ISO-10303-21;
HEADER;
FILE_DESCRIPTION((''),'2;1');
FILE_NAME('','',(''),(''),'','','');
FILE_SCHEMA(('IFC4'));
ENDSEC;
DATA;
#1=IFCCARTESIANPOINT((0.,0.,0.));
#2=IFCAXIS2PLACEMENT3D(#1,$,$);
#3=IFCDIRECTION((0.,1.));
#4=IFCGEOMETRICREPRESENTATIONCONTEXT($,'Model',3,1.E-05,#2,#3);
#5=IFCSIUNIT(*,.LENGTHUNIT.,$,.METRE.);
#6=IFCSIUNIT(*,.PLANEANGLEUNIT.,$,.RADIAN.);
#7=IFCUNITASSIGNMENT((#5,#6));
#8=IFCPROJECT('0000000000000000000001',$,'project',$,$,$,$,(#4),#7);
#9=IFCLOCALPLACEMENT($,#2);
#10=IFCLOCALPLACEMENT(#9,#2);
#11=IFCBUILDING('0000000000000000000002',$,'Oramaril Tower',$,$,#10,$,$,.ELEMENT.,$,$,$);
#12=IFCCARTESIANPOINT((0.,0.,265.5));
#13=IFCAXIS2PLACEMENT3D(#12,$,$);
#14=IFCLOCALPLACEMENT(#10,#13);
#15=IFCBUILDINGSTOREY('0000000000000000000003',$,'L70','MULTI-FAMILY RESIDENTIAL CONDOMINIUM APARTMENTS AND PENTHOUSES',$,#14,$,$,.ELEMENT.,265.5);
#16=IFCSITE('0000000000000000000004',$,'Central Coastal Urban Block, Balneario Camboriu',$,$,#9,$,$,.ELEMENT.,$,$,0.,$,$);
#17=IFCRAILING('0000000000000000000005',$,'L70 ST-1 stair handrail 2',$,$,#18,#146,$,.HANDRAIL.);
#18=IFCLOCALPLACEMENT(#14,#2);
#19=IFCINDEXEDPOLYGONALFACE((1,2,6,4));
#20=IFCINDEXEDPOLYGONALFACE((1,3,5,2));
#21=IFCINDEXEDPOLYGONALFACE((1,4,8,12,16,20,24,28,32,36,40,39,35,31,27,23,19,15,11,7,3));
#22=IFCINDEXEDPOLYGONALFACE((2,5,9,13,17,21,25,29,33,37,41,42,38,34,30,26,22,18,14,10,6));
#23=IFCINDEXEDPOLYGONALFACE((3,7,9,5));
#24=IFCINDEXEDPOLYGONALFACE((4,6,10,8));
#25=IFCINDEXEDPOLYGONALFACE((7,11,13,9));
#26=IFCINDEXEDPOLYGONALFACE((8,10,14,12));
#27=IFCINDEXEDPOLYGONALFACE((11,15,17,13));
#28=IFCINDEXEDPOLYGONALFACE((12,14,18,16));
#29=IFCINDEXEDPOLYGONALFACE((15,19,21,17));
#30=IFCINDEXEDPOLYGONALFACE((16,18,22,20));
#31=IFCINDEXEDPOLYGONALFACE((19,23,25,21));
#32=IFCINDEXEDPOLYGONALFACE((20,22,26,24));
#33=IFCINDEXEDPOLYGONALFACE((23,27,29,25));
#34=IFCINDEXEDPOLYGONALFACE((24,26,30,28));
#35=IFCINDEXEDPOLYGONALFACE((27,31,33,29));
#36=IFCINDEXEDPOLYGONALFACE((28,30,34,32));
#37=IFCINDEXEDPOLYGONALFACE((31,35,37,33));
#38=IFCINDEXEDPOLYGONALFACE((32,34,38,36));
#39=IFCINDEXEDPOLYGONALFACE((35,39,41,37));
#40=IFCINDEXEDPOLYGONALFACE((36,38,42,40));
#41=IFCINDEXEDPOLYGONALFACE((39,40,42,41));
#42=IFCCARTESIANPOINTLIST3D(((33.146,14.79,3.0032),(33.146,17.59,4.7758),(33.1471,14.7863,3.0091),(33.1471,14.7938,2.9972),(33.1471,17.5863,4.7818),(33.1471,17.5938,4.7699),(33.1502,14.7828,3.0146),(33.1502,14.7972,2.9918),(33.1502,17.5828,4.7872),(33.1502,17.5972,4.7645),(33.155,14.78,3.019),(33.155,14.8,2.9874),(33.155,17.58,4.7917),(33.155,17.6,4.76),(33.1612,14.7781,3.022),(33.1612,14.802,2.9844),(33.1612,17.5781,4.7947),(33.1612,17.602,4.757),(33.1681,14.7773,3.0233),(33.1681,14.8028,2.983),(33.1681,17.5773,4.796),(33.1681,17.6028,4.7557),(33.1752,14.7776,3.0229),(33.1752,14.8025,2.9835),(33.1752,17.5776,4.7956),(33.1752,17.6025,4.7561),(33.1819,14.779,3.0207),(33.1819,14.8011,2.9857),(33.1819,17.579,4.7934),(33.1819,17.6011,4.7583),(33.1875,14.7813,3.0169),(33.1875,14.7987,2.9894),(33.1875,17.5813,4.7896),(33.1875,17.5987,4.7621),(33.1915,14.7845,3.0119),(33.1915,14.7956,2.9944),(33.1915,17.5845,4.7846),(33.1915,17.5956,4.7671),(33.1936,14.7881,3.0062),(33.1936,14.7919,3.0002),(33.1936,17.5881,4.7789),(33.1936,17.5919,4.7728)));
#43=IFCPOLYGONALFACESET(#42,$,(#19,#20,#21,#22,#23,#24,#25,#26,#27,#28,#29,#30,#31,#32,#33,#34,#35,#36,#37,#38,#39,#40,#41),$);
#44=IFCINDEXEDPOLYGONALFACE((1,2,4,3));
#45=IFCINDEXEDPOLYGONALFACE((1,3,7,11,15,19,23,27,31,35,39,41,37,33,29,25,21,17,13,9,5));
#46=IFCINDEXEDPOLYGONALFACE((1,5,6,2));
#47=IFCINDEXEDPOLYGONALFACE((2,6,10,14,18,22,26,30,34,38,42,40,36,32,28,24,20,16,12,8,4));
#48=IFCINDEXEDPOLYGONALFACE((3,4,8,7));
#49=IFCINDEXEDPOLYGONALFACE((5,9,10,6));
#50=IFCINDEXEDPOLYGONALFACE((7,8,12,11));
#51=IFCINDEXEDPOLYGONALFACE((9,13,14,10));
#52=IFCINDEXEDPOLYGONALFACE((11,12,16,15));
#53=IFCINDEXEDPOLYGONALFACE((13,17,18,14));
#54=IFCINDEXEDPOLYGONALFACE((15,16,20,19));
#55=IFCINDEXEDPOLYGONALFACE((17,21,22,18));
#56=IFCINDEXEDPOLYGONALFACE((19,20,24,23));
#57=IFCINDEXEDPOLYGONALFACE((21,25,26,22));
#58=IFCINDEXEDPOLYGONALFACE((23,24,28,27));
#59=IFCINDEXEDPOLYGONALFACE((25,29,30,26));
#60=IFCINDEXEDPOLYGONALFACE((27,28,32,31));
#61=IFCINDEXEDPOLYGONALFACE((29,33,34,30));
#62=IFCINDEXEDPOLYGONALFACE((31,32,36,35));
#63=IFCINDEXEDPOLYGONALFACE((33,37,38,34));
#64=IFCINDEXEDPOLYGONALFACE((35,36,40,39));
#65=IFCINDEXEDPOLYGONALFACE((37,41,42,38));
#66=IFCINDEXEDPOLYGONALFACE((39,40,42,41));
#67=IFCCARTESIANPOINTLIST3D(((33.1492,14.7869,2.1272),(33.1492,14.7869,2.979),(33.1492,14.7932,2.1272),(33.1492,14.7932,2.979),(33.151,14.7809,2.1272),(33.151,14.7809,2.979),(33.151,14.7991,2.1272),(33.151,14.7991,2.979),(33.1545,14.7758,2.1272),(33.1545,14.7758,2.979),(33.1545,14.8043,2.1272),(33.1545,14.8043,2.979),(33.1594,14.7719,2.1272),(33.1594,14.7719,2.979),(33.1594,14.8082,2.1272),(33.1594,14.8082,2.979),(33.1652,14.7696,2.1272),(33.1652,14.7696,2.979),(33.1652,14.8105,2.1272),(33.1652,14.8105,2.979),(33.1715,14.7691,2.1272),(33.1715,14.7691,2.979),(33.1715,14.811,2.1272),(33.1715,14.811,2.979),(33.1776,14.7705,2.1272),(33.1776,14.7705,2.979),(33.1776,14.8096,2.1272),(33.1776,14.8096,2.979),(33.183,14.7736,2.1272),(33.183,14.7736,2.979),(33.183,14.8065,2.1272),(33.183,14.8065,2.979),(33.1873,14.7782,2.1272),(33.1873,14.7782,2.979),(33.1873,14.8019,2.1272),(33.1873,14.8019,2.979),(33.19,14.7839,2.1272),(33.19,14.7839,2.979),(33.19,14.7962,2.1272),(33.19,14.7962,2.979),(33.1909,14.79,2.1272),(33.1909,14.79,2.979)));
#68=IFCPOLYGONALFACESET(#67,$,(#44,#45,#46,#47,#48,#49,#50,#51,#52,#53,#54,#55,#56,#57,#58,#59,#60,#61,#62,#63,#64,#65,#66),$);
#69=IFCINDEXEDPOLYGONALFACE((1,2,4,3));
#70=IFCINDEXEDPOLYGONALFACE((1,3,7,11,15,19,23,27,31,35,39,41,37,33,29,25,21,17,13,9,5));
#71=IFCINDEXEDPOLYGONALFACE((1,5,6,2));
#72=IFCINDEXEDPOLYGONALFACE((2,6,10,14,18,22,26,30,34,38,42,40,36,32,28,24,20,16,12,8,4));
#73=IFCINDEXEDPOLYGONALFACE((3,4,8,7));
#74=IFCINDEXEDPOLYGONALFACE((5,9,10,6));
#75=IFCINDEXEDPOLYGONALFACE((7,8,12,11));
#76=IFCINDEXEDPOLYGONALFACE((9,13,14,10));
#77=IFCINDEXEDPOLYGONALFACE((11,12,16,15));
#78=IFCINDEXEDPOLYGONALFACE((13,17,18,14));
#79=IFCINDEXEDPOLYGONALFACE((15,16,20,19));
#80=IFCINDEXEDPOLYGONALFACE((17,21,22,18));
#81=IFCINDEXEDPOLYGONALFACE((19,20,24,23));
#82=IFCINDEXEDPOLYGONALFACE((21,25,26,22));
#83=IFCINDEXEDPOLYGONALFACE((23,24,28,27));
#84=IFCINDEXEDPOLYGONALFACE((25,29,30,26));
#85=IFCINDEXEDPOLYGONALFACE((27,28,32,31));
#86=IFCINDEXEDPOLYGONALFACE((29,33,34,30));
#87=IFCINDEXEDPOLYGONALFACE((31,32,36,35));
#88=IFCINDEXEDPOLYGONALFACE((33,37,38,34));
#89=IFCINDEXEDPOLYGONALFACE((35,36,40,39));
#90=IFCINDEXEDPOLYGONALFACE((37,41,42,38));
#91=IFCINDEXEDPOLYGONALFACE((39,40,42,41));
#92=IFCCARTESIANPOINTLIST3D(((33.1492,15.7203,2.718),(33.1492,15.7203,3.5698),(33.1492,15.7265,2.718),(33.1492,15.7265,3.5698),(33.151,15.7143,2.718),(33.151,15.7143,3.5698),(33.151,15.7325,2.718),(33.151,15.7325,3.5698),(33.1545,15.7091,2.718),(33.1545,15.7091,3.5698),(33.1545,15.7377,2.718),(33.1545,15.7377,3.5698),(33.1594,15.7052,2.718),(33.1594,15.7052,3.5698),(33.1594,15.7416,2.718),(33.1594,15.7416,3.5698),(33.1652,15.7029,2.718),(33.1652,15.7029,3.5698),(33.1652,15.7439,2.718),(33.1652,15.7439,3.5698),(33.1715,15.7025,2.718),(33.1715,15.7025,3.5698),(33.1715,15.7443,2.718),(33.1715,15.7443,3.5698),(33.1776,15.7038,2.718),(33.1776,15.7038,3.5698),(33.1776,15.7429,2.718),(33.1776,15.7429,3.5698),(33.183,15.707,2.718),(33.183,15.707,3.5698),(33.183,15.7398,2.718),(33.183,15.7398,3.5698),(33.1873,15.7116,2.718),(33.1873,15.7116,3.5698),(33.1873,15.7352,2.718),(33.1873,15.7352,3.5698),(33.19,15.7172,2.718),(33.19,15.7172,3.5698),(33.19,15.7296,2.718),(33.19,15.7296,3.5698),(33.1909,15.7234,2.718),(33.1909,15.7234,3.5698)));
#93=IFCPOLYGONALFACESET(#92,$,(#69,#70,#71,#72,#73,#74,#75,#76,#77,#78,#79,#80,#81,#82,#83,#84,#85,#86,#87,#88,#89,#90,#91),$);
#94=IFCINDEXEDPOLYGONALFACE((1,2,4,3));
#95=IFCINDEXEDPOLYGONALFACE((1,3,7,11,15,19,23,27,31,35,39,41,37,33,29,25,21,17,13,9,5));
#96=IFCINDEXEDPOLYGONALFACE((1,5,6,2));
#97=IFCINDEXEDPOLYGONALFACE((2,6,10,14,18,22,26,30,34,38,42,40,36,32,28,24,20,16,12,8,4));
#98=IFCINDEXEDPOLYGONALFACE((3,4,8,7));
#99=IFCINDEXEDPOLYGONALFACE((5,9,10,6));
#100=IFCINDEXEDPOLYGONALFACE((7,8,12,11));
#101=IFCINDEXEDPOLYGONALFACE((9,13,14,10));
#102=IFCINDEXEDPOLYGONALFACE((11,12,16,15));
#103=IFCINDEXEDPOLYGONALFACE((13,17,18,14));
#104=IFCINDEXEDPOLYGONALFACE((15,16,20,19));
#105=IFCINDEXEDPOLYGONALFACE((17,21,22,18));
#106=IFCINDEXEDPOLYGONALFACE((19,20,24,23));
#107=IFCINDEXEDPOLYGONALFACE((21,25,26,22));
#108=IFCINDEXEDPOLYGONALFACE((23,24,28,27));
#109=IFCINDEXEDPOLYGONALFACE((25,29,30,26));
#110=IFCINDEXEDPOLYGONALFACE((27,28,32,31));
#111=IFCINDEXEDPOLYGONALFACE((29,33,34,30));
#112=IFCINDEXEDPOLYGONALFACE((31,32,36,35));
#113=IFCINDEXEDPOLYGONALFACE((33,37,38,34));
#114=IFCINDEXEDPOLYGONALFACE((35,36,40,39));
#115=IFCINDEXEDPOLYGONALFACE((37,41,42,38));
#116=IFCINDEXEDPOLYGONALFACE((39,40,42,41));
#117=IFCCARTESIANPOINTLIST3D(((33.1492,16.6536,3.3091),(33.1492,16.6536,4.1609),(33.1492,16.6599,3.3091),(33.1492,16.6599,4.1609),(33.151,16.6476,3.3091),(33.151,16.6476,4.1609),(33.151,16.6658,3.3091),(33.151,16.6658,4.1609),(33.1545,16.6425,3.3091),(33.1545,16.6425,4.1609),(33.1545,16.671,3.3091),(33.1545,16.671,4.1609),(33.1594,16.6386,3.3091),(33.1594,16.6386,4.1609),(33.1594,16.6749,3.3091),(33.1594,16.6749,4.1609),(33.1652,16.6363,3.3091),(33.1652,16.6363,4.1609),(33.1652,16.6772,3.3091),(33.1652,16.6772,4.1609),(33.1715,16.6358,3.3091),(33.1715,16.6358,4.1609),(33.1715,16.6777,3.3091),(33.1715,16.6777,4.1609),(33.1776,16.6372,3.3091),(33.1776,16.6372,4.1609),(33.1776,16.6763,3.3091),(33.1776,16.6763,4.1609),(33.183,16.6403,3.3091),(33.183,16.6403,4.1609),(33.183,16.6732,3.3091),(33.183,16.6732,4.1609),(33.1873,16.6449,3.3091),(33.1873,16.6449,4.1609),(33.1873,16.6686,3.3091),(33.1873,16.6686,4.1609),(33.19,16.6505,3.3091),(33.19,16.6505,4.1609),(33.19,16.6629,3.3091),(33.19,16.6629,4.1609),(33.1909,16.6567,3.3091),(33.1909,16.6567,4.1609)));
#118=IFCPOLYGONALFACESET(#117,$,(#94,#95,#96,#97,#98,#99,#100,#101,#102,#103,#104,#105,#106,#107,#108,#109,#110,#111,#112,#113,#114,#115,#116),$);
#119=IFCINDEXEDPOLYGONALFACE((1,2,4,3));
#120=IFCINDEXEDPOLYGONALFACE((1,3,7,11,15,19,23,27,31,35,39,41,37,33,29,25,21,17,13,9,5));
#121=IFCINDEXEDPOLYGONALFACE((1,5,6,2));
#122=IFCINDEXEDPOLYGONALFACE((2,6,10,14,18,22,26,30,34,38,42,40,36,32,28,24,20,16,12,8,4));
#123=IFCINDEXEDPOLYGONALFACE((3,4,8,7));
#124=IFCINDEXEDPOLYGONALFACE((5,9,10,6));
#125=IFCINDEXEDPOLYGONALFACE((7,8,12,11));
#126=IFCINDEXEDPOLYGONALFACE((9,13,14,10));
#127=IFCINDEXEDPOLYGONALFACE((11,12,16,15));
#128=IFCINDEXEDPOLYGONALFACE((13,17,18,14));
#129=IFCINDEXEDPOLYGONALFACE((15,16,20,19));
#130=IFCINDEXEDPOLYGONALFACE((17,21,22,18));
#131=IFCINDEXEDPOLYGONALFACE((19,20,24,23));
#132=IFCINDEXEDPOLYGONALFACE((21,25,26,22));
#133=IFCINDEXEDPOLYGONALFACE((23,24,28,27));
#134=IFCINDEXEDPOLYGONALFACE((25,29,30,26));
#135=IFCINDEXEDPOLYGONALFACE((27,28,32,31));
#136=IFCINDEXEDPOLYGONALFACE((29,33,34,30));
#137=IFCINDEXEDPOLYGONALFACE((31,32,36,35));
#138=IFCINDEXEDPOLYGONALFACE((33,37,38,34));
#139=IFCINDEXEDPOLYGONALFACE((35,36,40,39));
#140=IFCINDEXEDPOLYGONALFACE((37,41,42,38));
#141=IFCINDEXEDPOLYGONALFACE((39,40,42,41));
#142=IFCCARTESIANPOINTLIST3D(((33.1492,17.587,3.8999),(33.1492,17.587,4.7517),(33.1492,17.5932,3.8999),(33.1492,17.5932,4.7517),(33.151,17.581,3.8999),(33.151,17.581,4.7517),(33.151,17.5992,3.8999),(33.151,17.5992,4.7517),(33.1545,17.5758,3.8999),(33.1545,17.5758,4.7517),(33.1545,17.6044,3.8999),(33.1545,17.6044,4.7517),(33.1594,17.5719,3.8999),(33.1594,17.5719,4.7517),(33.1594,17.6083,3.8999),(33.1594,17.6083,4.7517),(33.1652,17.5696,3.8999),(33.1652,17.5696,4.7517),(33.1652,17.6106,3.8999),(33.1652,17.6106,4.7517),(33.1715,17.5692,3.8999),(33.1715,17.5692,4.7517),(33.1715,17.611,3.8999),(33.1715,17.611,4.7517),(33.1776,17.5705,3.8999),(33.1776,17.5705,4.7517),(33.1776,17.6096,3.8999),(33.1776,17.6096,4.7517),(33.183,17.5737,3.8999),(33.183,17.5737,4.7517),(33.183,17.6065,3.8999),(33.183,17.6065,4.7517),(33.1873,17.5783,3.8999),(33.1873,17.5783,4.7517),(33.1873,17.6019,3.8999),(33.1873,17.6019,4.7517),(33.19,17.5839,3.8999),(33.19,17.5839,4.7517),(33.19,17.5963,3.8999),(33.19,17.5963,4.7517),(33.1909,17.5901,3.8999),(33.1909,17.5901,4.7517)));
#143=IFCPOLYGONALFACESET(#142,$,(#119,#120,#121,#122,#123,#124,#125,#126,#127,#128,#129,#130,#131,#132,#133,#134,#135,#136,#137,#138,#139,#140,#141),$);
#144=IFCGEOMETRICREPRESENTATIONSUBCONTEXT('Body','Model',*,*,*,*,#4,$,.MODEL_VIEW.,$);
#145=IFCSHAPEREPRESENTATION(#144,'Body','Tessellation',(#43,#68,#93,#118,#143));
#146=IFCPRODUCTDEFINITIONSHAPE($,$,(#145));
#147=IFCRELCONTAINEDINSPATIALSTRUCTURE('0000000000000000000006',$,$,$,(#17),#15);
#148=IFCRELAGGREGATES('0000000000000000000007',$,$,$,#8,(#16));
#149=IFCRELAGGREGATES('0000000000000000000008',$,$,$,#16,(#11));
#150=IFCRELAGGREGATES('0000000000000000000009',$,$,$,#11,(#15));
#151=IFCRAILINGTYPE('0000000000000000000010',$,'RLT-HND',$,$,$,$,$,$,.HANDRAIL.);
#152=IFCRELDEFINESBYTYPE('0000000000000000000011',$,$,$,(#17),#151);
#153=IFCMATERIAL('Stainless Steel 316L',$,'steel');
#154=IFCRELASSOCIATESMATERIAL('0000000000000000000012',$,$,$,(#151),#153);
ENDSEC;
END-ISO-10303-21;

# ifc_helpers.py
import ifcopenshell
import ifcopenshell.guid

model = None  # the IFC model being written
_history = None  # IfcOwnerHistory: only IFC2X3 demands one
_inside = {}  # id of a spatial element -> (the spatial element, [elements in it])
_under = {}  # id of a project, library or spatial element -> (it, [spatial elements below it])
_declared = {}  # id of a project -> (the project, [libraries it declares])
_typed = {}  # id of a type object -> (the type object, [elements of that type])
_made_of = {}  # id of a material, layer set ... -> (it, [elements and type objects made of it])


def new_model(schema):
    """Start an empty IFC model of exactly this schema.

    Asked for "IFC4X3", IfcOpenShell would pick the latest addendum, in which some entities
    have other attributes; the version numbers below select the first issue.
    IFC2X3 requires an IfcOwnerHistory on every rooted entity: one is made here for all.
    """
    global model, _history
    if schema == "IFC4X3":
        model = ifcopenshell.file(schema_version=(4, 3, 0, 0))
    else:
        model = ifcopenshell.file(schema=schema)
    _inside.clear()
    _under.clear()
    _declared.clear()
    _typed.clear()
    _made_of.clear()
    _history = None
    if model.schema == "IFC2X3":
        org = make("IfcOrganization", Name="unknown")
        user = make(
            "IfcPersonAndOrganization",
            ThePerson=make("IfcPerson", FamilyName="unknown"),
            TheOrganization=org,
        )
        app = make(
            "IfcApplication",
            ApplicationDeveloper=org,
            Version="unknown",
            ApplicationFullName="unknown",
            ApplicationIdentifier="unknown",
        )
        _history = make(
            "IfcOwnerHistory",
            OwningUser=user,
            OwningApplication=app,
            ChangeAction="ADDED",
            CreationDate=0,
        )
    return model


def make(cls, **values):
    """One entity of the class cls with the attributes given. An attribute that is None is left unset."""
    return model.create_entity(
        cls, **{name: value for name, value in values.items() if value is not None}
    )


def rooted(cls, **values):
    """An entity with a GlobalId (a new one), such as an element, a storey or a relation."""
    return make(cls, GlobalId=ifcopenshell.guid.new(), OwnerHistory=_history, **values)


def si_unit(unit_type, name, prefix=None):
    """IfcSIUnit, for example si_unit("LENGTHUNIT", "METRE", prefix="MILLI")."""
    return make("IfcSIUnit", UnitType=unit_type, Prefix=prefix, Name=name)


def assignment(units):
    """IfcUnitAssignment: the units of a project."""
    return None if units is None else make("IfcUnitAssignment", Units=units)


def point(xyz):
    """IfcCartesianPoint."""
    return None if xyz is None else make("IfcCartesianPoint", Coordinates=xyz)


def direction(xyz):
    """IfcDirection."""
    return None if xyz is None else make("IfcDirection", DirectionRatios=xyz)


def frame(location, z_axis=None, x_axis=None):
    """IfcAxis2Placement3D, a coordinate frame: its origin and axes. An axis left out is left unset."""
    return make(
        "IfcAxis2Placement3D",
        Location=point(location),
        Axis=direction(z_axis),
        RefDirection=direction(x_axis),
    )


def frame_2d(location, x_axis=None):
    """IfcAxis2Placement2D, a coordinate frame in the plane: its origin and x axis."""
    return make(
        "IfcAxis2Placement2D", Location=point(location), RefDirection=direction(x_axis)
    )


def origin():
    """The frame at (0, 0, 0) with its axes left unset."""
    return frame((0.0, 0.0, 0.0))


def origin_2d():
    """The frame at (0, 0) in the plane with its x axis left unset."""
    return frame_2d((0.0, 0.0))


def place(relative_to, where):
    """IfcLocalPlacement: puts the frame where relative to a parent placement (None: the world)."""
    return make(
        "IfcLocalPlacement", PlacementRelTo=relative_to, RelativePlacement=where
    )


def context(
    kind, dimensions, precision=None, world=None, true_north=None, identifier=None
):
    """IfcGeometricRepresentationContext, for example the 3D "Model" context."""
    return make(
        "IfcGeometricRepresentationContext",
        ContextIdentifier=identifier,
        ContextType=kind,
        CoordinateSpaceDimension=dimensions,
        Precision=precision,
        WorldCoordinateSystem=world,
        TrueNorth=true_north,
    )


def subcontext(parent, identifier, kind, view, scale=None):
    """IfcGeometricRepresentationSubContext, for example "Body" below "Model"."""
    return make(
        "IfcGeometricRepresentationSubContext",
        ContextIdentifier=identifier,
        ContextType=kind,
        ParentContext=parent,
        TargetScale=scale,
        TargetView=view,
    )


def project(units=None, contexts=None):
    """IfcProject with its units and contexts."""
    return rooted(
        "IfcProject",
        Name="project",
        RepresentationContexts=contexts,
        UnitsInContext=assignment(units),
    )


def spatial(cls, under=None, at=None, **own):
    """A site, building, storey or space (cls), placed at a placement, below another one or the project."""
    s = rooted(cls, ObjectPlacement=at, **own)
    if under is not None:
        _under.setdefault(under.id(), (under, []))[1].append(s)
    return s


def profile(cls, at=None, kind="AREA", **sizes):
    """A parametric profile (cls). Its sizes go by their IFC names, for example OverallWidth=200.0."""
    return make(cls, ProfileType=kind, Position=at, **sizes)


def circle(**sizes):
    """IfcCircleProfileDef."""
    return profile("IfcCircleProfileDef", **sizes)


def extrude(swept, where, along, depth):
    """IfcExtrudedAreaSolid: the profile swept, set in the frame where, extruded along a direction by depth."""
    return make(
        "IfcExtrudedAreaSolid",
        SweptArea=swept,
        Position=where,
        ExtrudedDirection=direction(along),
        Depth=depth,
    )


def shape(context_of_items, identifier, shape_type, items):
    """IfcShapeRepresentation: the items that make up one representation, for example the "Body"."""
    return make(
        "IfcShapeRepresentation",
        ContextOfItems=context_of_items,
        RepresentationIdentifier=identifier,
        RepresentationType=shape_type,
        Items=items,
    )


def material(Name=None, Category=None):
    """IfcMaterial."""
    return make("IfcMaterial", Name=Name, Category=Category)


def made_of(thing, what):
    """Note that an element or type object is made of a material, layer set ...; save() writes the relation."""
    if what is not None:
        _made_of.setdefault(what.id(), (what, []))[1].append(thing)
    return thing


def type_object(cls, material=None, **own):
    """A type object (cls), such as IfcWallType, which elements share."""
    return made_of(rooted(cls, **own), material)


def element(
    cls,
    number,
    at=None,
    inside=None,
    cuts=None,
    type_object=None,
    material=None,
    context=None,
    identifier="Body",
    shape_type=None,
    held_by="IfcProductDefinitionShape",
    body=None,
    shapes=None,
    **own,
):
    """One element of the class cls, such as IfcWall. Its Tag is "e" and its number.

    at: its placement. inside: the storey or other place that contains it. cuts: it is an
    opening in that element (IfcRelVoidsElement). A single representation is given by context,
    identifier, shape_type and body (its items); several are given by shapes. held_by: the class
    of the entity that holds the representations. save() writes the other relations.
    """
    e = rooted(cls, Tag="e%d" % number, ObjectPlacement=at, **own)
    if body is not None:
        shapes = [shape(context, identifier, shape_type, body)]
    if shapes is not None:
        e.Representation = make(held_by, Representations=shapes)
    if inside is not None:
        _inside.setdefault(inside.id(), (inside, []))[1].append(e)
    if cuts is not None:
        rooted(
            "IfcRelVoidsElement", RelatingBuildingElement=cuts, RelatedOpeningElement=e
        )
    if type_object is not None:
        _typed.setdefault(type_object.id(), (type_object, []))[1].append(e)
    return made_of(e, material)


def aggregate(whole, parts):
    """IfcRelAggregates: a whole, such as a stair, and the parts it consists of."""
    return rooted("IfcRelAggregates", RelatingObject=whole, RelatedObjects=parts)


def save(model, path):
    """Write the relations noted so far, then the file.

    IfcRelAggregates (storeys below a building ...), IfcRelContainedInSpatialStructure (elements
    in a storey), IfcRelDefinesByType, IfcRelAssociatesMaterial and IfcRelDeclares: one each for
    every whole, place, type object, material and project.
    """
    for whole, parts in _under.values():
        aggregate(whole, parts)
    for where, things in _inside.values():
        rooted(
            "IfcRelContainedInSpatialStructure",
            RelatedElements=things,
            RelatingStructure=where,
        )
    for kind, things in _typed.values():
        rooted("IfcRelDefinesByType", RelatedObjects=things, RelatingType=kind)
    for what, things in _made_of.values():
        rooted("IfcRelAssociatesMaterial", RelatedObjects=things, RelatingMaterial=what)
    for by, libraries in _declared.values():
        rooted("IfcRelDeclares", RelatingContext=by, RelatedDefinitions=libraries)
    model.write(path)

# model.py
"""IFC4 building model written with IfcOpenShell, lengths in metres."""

from ifc_helpers import new_model, si_unit, direction, frame, origin, origin_2d, place, context, subcontext, project, spatial, circle, extrude, material, type_object, element, save


model = new_model("IFC4")

# Units and contexts
model_context = context("Model", 3, precision=1e-05, world=origin(), true_north=direction((0.0, 1.0)))
body_context = subcontext(model_context, "Body", "Model", "MODEL_VIEW")
ifc_project = project(units=[si_unit("LENGTHUNIT", "METRE"), si_unit("PLANEANGLEUNIT", "RADIAN")], contexts=[model_context])

# Site, building, storey
site_placement = place(None, origin())
site = spatial("IfcSite", under=ifc_project, at=site_placement, Name="Central Coastal Urban Block, Balneario Camboriu", CompositionType="ELEMENT", RefElevation=0.0)
building_placement = place(site_placement, origin())
building = spatial("IfcBuilding", under=site, at=building_placement, Name="Oramaril Tower", CompositionType="ELEMENT")
storey_placement = place(building_placement, frame((0.0, 0.0, 265.5)))
storey = spatial("IfcBuildingStorey", under=building, at=storey_placement, Name="L70", Description="MULTI-FAMILY RESIDENTIAL CONDOMINIUM APARTMENTS AND PENTHOUSES", CompositionType="ELEMENT", Elevation=265.5)

# Railing
ifc_material_1 = material(Name="Stainless Steel 316L", Category="steel")
railing_type_1 = type_object("IfcRailingType", Name="RLT-HND", PredefinedType="HANDRAIL", material=ifc_material_1)
railing_1_placement = place(storey_placement, frame((33.1699, 14.79, 2.1272)))
element("IfcRailing", 1, at=railing_1_placement, inside=storey, type_object=railing_type_1, Name="L70 ST-1 stair handrail 2", PredefinedType="HANDRAIL", context=body_context, shape_type="SweptSolid", body=[
    extrude(circle(Radius=0.0239, at=origin_2d()), frame((0.0, 0.0, 0.876), z_axis=(0.0, 0.844909, 0.53491), x_axis=(-1.0, 0.0, 0.0)), (0.0, 0.0, 1.0), 3.314),
    extrude(circle(Radius=0.021, at=origin_2d()), origin(), (0.0, 0.0, 1.0), 0.8518),
    extrude(circle(Radius=0.021, at=origin_2d()), frame((0.0, 0.9333, 0.5908)), (0.0, 0.0, 1.0), 0.8518),
    extrude(circle(Radius=0.021, at=origin_2d()), frame((0.0, 1.8667, 1.1819)), (0.0, 0.0, 1.0), 0.8518),
    extrude(circle(Radius=0.021, at=origin_2d()), frame((0.0, 2.8, 1.7727)), (0.0, 0.0, 1.0), 0.8518),
])

save(model, "model.ifc")
